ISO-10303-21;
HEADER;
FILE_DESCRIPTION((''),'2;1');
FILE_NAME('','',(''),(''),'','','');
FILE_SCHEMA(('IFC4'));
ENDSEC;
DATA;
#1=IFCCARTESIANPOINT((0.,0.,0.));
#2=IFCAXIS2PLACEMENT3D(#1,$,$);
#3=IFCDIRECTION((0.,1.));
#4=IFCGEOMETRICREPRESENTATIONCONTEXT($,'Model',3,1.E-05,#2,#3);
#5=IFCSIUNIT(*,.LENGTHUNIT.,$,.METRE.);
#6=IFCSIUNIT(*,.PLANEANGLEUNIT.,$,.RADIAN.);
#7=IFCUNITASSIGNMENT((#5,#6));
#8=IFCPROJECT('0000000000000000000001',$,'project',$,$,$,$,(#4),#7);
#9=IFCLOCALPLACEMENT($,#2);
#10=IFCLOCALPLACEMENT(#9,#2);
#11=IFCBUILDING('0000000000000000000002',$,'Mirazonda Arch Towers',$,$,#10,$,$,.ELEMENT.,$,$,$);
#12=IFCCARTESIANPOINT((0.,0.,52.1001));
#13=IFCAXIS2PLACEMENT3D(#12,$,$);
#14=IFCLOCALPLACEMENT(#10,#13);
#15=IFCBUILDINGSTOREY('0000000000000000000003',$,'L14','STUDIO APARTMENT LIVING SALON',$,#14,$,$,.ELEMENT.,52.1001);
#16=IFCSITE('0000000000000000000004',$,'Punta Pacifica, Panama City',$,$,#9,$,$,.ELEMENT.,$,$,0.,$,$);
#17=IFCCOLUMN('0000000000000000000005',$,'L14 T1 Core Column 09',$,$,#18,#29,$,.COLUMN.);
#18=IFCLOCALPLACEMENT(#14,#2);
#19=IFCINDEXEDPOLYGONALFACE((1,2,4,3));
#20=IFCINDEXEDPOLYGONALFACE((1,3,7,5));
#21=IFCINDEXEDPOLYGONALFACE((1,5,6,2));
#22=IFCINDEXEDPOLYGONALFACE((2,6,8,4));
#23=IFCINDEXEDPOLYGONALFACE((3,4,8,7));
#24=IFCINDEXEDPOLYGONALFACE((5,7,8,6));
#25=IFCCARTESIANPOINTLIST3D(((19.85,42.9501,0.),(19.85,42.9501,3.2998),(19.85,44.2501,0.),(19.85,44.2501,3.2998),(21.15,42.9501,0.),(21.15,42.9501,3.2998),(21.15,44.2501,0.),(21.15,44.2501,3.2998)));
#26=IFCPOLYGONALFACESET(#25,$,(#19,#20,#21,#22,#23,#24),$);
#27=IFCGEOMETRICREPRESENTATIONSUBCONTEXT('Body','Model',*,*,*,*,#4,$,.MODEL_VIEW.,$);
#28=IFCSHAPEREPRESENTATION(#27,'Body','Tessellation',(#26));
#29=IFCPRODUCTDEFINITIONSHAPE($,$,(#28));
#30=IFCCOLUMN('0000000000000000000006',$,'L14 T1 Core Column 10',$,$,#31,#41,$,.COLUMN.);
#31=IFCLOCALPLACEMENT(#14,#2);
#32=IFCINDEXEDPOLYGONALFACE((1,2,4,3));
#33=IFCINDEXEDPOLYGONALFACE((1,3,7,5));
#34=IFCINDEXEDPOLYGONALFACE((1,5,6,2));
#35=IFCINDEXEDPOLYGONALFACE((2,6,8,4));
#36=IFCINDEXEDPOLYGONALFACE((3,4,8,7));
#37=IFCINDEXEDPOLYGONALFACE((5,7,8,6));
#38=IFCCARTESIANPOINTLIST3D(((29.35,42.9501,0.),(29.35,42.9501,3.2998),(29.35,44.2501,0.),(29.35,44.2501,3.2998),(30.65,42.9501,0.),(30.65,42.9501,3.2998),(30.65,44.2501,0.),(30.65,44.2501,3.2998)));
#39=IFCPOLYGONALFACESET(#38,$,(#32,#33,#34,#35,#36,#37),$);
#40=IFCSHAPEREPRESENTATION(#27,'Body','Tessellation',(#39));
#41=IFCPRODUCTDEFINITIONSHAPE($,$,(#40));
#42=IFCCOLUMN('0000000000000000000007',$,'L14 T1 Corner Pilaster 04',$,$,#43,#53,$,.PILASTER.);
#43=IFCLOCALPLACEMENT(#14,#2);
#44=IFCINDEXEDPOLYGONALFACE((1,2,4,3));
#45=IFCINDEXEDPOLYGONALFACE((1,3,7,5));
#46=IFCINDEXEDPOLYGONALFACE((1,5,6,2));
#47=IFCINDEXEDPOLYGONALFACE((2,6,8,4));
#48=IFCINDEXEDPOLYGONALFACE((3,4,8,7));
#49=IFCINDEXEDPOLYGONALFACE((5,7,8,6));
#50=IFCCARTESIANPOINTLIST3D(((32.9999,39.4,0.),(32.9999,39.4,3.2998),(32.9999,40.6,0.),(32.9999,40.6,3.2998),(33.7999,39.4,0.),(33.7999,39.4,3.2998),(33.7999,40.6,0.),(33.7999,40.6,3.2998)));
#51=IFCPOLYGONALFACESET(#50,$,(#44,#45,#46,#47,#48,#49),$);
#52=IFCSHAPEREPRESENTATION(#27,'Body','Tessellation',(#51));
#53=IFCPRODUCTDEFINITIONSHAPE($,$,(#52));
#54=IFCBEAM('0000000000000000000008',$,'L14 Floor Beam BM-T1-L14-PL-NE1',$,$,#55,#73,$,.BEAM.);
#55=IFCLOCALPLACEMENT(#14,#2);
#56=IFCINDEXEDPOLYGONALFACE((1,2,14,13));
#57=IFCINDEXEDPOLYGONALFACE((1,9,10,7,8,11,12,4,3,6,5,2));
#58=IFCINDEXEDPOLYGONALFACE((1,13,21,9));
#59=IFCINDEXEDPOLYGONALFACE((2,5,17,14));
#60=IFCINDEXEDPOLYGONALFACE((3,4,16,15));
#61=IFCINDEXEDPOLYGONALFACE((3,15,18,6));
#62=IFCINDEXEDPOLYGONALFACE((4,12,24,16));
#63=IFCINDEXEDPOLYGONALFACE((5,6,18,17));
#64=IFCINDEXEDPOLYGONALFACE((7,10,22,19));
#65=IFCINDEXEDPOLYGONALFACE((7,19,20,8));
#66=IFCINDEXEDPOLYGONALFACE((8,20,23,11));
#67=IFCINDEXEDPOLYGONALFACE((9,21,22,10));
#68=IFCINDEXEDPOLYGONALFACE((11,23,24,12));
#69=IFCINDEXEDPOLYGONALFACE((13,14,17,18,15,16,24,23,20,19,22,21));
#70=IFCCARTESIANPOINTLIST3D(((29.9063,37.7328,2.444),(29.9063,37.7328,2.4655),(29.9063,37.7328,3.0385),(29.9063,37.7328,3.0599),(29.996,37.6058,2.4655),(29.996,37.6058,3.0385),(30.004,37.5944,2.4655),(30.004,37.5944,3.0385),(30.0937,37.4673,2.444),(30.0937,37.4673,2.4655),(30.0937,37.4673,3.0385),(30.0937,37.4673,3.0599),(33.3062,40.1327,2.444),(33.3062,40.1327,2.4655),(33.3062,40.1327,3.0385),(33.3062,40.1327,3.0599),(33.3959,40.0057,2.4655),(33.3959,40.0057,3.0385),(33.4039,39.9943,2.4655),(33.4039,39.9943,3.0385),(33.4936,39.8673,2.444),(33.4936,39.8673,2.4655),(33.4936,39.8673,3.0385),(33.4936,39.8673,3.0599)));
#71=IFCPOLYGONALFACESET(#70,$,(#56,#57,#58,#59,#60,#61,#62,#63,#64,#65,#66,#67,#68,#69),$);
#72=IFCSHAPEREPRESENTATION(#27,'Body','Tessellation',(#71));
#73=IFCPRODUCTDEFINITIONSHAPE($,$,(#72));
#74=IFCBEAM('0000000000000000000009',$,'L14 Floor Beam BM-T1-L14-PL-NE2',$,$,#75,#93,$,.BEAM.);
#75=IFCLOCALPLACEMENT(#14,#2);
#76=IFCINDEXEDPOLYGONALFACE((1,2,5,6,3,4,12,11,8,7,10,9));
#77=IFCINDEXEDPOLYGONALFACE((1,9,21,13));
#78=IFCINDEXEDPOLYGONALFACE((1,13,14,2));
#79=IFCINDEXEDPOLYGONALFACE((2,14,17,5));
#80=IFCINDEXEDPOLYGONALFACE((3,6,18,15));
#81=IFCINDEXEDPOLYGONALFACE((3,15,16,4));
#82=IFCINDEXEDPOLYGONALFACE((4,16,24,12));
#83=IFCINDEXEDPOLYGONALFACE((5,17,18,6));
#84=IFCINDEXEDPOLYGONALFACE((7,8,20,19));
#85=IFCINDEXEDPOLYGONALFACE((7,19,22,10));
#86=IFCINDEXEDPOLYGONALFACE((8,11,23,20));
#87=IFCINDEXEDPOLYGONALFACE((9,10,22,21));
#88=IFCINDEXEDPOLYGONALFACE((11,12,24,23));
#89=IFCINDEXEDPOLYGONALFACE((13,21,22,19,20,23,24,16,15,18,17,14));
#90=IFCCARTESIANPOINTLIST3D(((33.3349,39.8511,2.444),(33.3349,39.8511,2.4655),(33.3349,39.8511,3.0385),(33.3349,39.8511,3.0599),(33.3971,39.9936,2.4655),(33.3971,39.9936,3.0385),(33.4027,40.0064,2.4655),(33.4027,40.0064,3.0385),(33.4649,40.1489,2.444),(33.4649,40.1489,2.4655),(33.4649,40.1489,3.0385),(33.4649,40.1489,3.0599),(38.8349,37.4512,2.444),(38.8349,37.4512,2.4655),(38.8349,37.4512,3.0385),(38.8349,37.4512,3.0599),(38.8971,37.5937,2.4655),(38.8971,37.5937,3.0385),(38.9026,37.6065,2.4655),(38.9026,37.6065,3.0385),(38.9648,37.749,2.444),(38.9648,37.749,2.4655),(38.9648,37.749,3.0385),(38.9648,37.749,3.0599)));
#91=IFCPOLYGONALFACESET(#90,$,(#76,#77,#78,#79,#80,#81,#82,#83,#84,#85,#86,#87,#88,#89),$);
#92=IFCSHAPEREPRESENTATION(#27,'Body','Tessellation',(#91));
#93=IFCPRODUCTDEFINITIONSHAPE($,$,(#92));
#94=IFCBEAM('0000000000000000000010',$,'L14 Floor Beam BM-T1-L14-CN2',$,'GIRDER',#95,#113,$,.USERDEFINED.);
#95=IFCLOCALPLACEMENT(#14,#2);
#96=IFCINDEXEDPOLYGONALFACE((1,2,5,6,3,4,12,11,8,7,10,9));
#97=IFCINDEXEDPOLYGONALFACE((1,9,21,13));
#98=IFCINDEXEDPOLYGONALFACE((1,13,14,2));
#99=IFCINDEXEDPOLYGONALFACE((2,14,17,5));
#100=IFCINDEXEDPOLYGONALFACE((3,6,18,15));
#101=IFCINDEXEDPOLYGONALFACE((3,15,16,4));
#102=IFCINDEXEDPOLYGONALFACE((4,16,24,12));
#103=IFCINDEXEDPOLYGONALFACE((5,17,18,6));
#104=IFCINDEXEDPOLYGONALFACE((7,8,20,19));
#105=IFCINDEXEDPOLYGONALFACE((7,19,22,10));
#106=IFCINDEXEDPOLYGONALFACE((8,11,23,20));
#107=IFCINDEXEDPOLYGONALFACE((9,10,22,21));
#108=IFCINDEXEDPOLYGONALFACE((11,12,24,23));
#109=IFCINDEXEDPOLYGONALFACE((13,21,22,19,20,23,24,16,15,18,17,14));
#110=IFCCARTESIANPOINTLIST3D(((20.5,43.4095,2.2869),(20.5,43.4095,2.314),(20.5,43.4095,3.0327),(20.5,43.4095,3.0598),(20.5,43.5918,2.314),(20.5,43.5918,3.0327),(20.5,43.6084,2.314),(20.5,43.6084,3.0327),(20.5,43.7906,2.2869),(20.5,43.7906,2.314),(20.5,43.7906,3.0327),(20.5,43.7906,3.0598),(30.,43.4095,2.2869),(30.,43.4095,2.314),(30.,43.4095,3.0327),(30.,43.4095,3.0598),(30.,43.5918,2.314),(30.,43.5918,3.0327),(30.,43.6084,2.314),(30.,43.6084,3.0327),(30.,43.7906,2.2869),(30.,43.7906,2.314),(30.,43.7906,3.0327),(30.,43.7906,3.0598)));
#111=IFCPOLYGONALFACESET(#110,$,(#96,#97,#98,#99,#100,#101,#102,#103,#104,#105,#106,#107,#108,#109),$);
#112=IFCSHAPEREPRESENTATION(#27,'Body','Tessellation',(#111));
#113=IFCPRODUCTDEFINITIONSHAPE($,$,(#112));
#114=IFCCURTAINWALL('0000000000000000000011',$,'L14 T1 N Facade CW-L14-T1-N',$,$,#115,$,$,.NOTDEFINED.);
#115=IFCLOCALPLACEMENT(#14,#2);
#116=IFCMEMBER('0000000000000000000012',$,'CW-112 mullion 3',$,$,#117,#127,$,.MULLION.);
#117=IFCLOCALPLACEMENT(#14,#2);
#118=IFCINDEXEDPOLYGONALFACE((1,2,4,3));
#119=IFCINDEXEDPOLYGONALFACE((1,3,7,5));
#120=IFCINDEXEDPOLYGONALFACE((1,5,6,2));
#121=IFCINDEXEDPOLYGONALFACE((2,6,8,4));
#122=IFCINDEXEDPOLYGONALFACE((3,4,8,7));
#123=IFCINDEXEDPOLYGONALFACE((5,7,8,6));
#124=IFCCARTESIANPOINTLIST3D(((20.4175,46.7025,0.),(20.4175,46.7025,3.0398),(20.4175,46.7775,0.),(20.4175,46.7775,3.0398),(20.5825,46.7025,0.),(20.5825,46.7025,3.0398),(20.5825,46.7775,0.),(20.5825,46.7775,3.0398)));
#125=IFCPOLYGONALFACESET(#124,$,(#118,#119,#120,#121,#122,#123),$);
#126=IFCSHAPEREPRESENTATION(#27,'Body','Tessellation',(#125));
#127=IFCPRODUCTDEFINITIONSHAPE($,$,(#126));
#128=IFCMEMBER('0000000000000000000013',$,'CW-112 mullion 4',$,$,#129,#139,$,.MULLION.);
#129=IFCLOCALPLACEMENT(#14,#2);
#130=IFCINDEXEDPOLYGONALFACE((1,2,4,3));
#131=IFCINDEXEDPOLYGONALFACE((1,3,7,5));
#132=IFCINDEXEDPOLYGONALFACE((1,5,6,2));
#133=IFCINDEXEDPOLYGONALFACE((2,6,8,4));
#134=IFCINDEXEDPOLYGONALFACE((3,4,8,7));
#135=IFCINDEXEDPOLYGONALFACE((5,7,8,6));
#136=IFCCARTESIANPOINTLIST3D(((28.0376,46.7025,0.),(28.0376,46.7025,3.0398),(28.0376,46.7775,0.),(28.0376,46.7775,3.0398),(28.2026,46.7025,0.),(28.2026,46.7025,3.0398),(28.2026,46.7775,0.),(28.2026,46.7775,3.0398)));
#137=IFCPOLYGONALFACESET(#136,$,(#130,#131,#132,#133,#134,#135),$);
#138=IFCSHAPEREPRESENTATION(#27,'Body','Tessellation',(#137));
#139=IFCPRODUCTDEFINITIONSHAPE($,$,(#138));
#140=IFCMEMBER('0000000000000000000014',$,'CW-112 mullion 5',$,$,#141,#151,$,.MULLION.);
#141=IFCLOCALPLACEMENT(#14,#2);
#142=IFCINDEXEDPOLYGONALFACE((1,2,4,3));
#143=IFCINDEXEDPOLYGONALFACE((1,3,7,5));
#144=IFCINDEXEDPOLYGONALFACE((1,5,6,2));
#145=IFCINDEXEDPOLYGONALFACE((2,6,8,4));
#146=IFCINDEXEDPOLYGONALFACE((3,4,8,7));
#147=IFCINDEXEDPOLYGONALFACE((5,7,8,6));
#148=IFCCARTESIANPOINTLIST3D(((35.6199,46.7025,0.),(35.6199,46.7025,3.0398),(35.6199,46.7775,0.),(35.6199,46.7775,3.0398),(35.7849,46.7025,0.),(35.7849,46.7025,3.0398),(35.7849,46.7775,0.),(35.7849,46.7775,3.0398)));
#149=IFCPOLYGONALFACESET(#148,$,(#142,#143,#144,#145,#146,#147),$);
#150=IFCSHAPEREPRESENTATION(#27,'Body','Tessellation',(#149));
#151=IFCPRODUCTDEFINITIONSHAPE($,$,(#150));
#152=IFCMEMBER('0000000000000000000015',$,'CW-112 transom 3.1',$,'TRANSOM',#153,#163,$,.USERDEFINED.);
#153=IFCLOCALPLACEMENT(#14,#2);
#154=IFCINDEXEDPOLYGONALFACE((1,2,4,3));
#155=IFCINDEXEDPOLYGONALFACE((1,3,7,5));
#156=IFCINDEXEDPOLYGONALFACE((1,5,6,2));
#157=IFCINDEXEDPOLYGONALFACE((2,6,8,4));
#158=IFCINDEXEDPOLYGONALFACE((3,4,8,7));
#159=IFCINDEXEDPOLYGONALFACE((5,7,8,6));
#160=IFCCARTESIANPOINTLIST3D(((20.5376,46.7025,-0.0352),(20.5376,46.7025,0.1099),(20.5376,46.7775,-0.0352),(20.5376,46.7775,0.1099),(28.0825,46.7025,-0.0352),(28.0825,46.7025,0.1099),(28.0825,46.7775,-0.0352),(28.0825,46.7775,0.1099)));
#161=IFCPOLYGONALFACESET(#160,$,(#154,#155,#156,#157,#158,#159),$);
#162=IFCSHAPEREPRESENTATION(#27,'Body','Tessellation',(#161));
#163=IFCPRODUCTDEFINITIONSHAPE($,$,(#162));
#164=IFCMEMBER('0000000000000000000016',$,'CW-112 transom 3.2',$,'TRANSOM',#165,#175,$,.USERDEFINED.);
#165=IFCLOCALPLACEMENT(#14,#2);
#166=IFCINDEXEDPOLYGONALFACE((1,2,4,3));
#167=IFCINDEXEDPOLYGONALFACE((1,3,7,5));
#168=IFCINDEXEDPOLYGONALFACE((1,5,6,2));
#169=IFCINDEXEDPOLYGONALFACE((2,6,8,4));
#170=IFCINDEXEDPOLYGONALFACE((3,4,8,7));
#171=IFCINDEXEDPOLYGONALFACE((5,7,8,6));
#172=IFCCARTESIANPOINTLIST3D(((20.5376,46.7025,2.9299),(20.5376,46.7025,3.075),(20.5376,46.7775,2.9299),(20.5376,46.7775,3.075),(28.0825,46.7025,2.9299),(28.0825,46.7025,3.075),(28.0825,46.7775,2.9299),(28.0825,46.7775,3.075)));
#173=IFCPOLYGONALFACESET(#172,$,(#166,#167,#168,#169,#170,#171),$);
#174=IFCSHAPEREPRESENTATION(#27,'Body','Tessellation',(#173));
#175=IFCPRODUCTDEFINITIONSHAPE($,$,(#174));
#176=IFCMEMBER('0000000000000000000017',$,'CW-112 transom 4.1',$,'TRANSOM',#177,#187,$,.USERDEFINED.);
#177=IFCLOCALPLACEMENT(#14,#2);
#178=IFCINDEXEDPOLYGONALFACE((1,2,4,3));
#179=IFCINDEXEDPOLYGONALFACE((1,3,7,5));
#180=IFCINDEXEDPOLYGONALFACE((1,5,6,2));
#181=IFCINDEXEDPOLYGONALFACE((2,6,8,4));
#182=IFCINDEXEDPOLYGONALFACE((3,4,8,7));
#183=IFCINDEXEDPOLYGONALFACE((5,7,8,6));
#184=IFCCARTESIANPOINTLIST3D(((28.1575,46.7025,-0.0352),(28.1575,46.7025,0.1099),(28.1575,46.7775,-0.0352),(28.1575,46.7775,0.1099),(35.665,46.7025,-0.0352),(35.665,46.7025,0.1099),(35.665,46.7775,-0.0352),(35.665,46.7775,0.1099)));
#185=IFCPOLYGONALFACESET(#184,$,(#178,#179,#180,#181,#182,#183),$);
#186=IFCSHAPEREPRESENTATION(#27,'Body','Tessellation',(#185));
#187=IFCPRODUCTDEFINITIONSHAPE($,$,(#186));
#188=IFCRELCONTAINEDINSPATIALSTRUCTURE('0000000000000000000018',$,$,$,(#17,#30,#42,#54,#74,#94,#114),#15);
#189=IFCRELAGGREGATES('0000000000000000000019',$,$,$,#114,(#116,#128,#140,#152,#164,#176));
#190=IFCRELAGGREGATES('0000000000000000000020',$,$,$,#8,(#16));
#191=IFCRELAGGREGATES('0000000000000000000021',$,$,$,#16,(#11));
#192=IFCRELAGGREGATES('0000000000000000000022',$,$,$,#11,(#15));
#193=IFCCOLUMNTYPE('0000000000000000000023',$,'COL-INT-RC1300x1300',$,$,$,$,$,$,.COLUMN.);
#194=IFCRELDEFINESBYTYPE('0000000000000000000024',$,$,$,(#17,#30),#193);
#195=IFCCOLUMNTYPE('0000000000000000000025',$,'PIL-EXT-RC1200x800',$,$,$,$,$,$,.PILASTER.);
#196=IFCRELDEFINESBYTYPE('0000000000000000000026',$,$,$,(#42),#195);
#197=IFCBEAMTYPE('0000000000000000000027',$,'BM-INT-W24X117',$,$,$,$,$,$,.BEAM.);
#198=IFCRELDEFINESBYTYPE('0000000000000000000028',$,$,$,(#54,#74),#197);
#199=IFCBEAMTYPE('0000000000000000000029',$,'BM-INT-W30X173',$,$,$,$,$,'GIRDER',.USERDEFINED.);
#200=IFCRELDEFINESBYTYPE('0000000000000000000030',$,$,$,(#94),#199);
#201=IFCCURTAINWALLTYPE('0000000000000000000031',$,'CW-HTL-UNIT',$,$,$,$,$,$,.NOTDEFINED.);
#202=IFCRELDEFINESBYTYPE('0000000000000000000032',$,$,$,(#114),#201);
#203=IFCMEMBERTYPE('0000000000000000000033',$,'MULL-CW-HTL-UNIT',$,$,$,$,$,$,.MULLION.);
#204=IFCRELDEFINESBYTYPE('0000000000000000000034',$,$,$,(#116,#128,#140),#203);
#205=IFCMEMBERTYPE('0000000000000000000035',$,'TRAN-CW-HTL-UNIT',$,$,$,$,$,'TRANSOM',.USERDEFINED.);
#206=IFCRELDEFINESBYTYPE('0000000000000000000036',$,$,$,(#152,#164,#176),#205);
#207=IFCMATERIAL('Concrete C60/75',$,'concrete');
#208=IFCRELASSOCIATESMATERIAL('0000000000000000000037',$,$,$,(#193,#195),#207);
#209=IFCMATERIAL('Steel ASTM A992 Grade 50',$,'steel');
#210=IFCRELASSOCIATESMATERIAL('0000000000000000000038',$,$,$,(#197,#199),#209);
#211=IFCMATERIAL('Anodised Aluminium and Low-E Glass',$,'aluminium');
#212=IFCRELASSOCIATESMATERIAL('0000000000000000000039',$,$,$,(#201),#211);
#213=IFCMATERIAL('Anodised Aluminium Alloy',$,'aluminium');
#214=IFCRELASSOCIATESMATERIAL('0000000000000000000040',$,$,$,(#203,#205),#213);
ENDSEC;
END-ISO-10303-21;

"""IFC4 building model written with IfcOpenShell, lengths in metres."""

from ifc_helpers import new_model, si_unit, direction, frame, origin, origin_2d, place, context, subcontext, project, spatial, rectangle, i_section, extrude, material, material_profile, profile_set, type_object, element, aggregate, save


model = new_model("IFC4")

# Units and contexts
model_context = context("Model", 3, precision=1e-05, world=origin(), true_north=direction((0.0, 1.0)))
body_context = subcontext(model_context, "Body", "Model", "MODEL_VIEW")
ifc_project = project(units=[si_unit("LENGTHUNIT", "METRE"), si_unit("PLANEANGLEUNIT", "RADIAN")], contexts=[model_context])

# Site, building, storey
site_placement = place(None, origin())
site = spatial("IfcSite", under=ifc_project, at=site_placement, Name="Punta Pacifica, Panama City", CompositionType="ELEMENT", RefElevation=0.0)
building_placement = place(site_placement, origin())
building = spatial("IfcBuilding", under=site, at=building_placement, Name="Mirazonda Arch Towers", CompositionType="ELEMENT")
storey_placement = place(building_placement, frame((0.0, 0.0, 52.1001)))
storey = spatial("IfcBuildingStorey", under=building, at=storey_placement, Name="L14", Description="STUDIO APARTMENT LIVING SALON", CompositionType="ELEMENT", Elevation=52.1001)

# Columns
ifc_material_1 = material(Name="Concrete C60/75", Category="concrete")
ifc_material_profile_1 = material_profile(ifc_material_1, rectangle(XDim=1.3, YDim=1.3, at=origin_2d()), Name="RC1300x1300")
ifc_profile_set_1 = profile_set([ifc_material_profile_1], Name="Concrete C60/75")
column_type_1 = type_object("IfcColumnType", Name="COL-INT-RC1300x1300", PredefinedType="COLUMN", material=ifc_profile_set_1)
for number, where, z_axis, x_axis, name in (
    (1, (20.5, 43.6001, 0.0), (0.0, 0.0, 1.0), (1.0, 0.0, 0.0), "L14 T1 Core Column 09"),
    (2, (30.0, 43.6001, 0.0), (0.0, 0.0, 1.0), (1.0, 0.0, 0.0), "L14 T1 Core Column 10"),
):
    element("IfcColumn", number, at=place(storey_placement, frame(where, z_axis=z_axis, x_axis=x_axis)), inside=storey, type_object=column_type_1, Name=name, PredefinedType="COLUMN", context=body_context, shape_type="SweptSolid", body=[
        extrude(rectangle(XDim=1.3, YDim=1.3, at=origin_2d()), origin(), (0.0, 0.0, 1.0), 3.2998),
    ])
ifc_material_profile_2 = material_profile(ifc_material_1, rectangle(XDim=0.8, YDim=1.2, at=origin_2d()), Name="RC1200x800")
ifc_profile_set_2 = profile_set([ifc_material_profile_2], Name="Concrete C60/75")
column_type_2 = type_object("IfcColumnType", Name="PIL-EXT-RC1200x800", PredefinedType="PILASTER", material=ifc_profile_set_2)
column_placement = place(storey_placement, frame((33.3999, 40.0, 0.0), z_axis=(0.0, 0.0, 1.0), x_axis=(1.0, 0.0, 0.0)))
element("IfcColumn", 3, at=column_placement, inside=storey, type_object=column_type_2, Name="L14 T1 Corner Pilaster 04", PredefinedType="PILASTER", context=body_context, shape_type="SweptSolid", body=[
    extrude(rectangle(XDim=0.8, YDim=1.2, at=origin_2d()), origin(), (0.0, 0.0, 1.0), 3.2998),
])

# Beams
ifc_material_2 = material(Name="Steel ASTM A992 Grade 50", Category="steel")
ifc_material_profile_3 = material_profile(ifc_material_2, i_section(OverallWidth=0.325, OverallDepth=0.616, WebThickness=0.0139, FlangeThickness=0.0215, at=origin_2d()), Name="W24X117")
ifc_profile_set_3 = profile_set([ifc_material_profile_3], Name="Steel ASTM A992 Grade 50")
beam_type_1 = type_object("IfcBeamType", Name="BM-INT-W24X117", PredefinedType="BEAM", material=ifc_profile_set_3)
beam_1_placement = place(storey_placement, frame((33.3999, 40.0, 2.752), z_axis=(-0.816971, -0.576679, 0.0), x_axis=(0.576679, -0.816971, 0.0)))
element("IfcBeam", 4, at=beam_1_placement, inside=storey, type_object=beam_type_1, Name="L14 Floor Beam BM-T1-L14-PL-NE1", PredefinedType="BEAM", context=body_context, shape_type="SweptSolid", body=[
    extrude(i_section(OverallWidth=0.325, OverallDepth=0.616, WebThickness=0.0139, FlangeThickness=0.0215, at=origin_2d()), origin(), (0.0, 0.0, 1.0), 4.1616),
])
beam_2_placement = place(storey_placement, frame((33.3999, 40.0, 2.752), z_axis=(0.916545, -0.399931, 0.0), x_axis=(0.399931, 0.916545, 0.0)))
element("IfcBeam", 5, at=beam_2_placement, inside=storey, type_object=beam_type_1, Name="L14 Floor Beam BM-T1-L14-PL-NE2", PredefinedType="BEAM", context=body_context, shape_type="SweptSolid", body=[
    extrude(i_section(OverallWidth=0.325, OverallDepth=0.616, WebThickness=0.0139, FlangeThickness=0.0215, at=origin_2d()), origin(), (0.0, 0.0, 1.0), 6.0007),
])
ifc_material_profile_4 = material_profile(ifc_material_2, i_section(OverallWidth=0.3811, OverallDepth=0.7729, WebThickness=0.0166, FlangeThickness=0.0271, at=origin_2d()), Name="W30X173")
ifc_profile_set_4 = profile_set([ifc_material_profile_4], Name="Steel ASTM A992 Grade 50")
beam_type_2 = type_object("IfcBeamType", Name="BM-INT-W30X173", ElementType="GIRDER", PredefinedType="USERDEFINED", material=ifc_profile_set_4)
beam_3_placement = place(storey_placement, frame((20.5, 43.6001, 2.6733), z_axis=(1.0, 0.0, 0.0), x_axis=(0.0, 1.0, 0.0)))
element("IfcBeam", 6, at=beam_3_placement, inside=storey, type_object=beam_type_2, Name="L14 Floor Beam BM-T1-L14-CN2", ObjectType="GIRDER", PredefinedType="USERDEFINED", context=body_context, shape_type="SweptSolid", body=[
    extrude(i_section(OverallWidth=0.3811, OverallDepth=0.7729, WebThickness=0.0166, FlangeThickness=0.0271, at=origin_2d()), origin(), (0.0, 0.0, 1.0), 9.5),
])

# Curtain wall, members
ifc_material_3 = material(Name="Anodised Aluminium and Low-E Glass", Category="aluminium")
curtain_wall_type = type_object("IfcCurtainWallType", Name="CW-HTL-UNIT", PredefinedType="NOTDEFINED", material=ifc_material_3)
curtain_wall_placement = place(storey_placement, origin())
curtain_wall = element("IfcCurtainWall", 7, at=curtain_wall_placement, inside=storey, type_object=curtain_wall_type, Name="L14 T1 N Facade CW-L14-T1-N", PredefinedType="NOTDEFINED")
ifc_material_4 = material(Name="Anodised Aluminium Alloy", Category="aluminium")
ifc_material_profile_5 = material_profile(ifc_material_4, rectangle(XDim=0.075, YDim=0.165, at=origin_2d()), Name="ALU-MULL-75x165")
ifc_profile_set_5 = profile_set([ifc_material_profile_5], Name="Anodised Aluminium Alloy")
member_type_1 = type_object("IfcMemberType", Name="MULL-CW-HTL-UNIT", PredefinedType="MULLION", material=ifc_profile_set_5)
member_1_placement = place(storey_placement, frame((20.5, 46.74, 0.0), z_axis=(0.0, 0.0, 1.0), x_axis=(0.0, 1.0, 0.0)))
member_1 = element("IfcMember", 8, at=member_1_placement, type_object=member_type_1, Name="CW-112 mullion 3", PredefinedType="MULLION", context=body_context, shape_type="SweptSolid", body=[
    extrude(rectangle(XDim=0.075, YDim=0.165, at=origin_2d()), origin(), (0.0, 0.0, 1.0), 3.0398),
])
member_2_placement = place(storey_placement, frame((28.1201, 46.74, 0.0), z_axis=(0.0, 0.0, 1.0), x_axis=(0.0, 1.0, 0.0)))
member_2 = element("IfcMember", 9, at=member_2_placement, type_object=member_type_1, Name="CW-112 mullion 4", PredefinedType="MULLION", context=body_context, shape_type="SweptSolid", body=[
    extrude(rectangle(XDim=0.075, YDim=0.165, at=origin_2d()), origin(), (0.0, 0.0, 1.0), 3.0398),
])
member_3_placement = place(storey_placement, frame((35.7024, 46.74, 0.0), z_axis=(0.0, 0.0, 1.0), x_axis=(0.0, 1.0, 0.0)))
member_3 = element("IfcMember", 10, at=member_3_placement, type_object=member_type_1, Name="CW-112 mullion 5", PredefinedType="MULLION", context=body_context, shape_type="SweptSolid", body=[
    extrude(rectangle(XDim=0.075, YDim=0.165, at=origin_2d()), origin(), (0.0, 0.0, 1.0), 3.0398),
])
ifc_material_profile_6 = material_profile(ifc_material_4, rectangle(XDim=0.075, YDim=0.145, at=origin_2d()), Name="ALU-TRAN-75x145")
ifc_profile_set_6 = profile_set([ifc_material_profile_6], Name="Anodised Aluminium Alloy")
member_type_2 = type_object("IfcMemberType", Name="TRAN-CW-HTL-UNIT", ElementType="TRANSOM", PredefinedType="USERDEFINED", material=ifc_profile_set_6)
member_4_placement = place(storey_placement, frame((20.5376, 46.74, 0.0374), z_axis=(1.0, 0.0, 0.0), x_axis=(0.0, 1.0, 0.0)))
member_4 = element("IfcMember", 11, at=member_4_placement, type_object=member_type_2, Name="CW-112 transom 3.1", ObjectType="TRANSOM", PredefinedType="USERDEFINED", context=body_context, shape_type="SweptSolid", body=[
    extrude(rectangle(XDim=0.075, YDim=0.145, at=origin_2d()), origin(), (0.0, 0.0, 1.0), 7.5449),
])
member_5_placement = place(storey_placement, frame((20.5376, 46.74, 3.0024), z_axis=(1.0, 0.0, 0.0), x_axis=(0.0, 1.0, 0.0)))
member_5 = element("IfcMember", 12, at=member_5_placement, type_object=member_type_2, Name="CW-112 transom 3.2", ObjectType="TRANSOM", PredefinedType="USERDEFINED", context=body_context, shape_type="SweptSolid", body=[
    extrude(rectangle(XDim=0.075, YDim=0.145, at=origin_2d()), origin(), (0.0, 0.0, 1.0), 7.5449),
])
member_6_placement = place(storey_placement, frame((28.1575, 46.74, 0.0374), z_axis=(1.0, 0.0, 0.0), x_axis=(0.0, 1.0, 0.0)))
member_6 = element("IfcMember", 13, at=member_6_placement, type_object=member_type_2, Name="CW-112 transom 4.1", ObjectType="TRANSOM", PredefinedType="USERDEFINED", context=body_context, shape_type="SweptSolid", body=[
    extrude(rectangle(XDim=0.075, YDim=0.145, at=origin_2d()), origin(), (0.0, 0.0, 1.0), 7.5076),
])
aggregate(curtain_wall, [member_1, member_2, member_3, member_4, member_5, member_6])

save(model, "model.ifc")
